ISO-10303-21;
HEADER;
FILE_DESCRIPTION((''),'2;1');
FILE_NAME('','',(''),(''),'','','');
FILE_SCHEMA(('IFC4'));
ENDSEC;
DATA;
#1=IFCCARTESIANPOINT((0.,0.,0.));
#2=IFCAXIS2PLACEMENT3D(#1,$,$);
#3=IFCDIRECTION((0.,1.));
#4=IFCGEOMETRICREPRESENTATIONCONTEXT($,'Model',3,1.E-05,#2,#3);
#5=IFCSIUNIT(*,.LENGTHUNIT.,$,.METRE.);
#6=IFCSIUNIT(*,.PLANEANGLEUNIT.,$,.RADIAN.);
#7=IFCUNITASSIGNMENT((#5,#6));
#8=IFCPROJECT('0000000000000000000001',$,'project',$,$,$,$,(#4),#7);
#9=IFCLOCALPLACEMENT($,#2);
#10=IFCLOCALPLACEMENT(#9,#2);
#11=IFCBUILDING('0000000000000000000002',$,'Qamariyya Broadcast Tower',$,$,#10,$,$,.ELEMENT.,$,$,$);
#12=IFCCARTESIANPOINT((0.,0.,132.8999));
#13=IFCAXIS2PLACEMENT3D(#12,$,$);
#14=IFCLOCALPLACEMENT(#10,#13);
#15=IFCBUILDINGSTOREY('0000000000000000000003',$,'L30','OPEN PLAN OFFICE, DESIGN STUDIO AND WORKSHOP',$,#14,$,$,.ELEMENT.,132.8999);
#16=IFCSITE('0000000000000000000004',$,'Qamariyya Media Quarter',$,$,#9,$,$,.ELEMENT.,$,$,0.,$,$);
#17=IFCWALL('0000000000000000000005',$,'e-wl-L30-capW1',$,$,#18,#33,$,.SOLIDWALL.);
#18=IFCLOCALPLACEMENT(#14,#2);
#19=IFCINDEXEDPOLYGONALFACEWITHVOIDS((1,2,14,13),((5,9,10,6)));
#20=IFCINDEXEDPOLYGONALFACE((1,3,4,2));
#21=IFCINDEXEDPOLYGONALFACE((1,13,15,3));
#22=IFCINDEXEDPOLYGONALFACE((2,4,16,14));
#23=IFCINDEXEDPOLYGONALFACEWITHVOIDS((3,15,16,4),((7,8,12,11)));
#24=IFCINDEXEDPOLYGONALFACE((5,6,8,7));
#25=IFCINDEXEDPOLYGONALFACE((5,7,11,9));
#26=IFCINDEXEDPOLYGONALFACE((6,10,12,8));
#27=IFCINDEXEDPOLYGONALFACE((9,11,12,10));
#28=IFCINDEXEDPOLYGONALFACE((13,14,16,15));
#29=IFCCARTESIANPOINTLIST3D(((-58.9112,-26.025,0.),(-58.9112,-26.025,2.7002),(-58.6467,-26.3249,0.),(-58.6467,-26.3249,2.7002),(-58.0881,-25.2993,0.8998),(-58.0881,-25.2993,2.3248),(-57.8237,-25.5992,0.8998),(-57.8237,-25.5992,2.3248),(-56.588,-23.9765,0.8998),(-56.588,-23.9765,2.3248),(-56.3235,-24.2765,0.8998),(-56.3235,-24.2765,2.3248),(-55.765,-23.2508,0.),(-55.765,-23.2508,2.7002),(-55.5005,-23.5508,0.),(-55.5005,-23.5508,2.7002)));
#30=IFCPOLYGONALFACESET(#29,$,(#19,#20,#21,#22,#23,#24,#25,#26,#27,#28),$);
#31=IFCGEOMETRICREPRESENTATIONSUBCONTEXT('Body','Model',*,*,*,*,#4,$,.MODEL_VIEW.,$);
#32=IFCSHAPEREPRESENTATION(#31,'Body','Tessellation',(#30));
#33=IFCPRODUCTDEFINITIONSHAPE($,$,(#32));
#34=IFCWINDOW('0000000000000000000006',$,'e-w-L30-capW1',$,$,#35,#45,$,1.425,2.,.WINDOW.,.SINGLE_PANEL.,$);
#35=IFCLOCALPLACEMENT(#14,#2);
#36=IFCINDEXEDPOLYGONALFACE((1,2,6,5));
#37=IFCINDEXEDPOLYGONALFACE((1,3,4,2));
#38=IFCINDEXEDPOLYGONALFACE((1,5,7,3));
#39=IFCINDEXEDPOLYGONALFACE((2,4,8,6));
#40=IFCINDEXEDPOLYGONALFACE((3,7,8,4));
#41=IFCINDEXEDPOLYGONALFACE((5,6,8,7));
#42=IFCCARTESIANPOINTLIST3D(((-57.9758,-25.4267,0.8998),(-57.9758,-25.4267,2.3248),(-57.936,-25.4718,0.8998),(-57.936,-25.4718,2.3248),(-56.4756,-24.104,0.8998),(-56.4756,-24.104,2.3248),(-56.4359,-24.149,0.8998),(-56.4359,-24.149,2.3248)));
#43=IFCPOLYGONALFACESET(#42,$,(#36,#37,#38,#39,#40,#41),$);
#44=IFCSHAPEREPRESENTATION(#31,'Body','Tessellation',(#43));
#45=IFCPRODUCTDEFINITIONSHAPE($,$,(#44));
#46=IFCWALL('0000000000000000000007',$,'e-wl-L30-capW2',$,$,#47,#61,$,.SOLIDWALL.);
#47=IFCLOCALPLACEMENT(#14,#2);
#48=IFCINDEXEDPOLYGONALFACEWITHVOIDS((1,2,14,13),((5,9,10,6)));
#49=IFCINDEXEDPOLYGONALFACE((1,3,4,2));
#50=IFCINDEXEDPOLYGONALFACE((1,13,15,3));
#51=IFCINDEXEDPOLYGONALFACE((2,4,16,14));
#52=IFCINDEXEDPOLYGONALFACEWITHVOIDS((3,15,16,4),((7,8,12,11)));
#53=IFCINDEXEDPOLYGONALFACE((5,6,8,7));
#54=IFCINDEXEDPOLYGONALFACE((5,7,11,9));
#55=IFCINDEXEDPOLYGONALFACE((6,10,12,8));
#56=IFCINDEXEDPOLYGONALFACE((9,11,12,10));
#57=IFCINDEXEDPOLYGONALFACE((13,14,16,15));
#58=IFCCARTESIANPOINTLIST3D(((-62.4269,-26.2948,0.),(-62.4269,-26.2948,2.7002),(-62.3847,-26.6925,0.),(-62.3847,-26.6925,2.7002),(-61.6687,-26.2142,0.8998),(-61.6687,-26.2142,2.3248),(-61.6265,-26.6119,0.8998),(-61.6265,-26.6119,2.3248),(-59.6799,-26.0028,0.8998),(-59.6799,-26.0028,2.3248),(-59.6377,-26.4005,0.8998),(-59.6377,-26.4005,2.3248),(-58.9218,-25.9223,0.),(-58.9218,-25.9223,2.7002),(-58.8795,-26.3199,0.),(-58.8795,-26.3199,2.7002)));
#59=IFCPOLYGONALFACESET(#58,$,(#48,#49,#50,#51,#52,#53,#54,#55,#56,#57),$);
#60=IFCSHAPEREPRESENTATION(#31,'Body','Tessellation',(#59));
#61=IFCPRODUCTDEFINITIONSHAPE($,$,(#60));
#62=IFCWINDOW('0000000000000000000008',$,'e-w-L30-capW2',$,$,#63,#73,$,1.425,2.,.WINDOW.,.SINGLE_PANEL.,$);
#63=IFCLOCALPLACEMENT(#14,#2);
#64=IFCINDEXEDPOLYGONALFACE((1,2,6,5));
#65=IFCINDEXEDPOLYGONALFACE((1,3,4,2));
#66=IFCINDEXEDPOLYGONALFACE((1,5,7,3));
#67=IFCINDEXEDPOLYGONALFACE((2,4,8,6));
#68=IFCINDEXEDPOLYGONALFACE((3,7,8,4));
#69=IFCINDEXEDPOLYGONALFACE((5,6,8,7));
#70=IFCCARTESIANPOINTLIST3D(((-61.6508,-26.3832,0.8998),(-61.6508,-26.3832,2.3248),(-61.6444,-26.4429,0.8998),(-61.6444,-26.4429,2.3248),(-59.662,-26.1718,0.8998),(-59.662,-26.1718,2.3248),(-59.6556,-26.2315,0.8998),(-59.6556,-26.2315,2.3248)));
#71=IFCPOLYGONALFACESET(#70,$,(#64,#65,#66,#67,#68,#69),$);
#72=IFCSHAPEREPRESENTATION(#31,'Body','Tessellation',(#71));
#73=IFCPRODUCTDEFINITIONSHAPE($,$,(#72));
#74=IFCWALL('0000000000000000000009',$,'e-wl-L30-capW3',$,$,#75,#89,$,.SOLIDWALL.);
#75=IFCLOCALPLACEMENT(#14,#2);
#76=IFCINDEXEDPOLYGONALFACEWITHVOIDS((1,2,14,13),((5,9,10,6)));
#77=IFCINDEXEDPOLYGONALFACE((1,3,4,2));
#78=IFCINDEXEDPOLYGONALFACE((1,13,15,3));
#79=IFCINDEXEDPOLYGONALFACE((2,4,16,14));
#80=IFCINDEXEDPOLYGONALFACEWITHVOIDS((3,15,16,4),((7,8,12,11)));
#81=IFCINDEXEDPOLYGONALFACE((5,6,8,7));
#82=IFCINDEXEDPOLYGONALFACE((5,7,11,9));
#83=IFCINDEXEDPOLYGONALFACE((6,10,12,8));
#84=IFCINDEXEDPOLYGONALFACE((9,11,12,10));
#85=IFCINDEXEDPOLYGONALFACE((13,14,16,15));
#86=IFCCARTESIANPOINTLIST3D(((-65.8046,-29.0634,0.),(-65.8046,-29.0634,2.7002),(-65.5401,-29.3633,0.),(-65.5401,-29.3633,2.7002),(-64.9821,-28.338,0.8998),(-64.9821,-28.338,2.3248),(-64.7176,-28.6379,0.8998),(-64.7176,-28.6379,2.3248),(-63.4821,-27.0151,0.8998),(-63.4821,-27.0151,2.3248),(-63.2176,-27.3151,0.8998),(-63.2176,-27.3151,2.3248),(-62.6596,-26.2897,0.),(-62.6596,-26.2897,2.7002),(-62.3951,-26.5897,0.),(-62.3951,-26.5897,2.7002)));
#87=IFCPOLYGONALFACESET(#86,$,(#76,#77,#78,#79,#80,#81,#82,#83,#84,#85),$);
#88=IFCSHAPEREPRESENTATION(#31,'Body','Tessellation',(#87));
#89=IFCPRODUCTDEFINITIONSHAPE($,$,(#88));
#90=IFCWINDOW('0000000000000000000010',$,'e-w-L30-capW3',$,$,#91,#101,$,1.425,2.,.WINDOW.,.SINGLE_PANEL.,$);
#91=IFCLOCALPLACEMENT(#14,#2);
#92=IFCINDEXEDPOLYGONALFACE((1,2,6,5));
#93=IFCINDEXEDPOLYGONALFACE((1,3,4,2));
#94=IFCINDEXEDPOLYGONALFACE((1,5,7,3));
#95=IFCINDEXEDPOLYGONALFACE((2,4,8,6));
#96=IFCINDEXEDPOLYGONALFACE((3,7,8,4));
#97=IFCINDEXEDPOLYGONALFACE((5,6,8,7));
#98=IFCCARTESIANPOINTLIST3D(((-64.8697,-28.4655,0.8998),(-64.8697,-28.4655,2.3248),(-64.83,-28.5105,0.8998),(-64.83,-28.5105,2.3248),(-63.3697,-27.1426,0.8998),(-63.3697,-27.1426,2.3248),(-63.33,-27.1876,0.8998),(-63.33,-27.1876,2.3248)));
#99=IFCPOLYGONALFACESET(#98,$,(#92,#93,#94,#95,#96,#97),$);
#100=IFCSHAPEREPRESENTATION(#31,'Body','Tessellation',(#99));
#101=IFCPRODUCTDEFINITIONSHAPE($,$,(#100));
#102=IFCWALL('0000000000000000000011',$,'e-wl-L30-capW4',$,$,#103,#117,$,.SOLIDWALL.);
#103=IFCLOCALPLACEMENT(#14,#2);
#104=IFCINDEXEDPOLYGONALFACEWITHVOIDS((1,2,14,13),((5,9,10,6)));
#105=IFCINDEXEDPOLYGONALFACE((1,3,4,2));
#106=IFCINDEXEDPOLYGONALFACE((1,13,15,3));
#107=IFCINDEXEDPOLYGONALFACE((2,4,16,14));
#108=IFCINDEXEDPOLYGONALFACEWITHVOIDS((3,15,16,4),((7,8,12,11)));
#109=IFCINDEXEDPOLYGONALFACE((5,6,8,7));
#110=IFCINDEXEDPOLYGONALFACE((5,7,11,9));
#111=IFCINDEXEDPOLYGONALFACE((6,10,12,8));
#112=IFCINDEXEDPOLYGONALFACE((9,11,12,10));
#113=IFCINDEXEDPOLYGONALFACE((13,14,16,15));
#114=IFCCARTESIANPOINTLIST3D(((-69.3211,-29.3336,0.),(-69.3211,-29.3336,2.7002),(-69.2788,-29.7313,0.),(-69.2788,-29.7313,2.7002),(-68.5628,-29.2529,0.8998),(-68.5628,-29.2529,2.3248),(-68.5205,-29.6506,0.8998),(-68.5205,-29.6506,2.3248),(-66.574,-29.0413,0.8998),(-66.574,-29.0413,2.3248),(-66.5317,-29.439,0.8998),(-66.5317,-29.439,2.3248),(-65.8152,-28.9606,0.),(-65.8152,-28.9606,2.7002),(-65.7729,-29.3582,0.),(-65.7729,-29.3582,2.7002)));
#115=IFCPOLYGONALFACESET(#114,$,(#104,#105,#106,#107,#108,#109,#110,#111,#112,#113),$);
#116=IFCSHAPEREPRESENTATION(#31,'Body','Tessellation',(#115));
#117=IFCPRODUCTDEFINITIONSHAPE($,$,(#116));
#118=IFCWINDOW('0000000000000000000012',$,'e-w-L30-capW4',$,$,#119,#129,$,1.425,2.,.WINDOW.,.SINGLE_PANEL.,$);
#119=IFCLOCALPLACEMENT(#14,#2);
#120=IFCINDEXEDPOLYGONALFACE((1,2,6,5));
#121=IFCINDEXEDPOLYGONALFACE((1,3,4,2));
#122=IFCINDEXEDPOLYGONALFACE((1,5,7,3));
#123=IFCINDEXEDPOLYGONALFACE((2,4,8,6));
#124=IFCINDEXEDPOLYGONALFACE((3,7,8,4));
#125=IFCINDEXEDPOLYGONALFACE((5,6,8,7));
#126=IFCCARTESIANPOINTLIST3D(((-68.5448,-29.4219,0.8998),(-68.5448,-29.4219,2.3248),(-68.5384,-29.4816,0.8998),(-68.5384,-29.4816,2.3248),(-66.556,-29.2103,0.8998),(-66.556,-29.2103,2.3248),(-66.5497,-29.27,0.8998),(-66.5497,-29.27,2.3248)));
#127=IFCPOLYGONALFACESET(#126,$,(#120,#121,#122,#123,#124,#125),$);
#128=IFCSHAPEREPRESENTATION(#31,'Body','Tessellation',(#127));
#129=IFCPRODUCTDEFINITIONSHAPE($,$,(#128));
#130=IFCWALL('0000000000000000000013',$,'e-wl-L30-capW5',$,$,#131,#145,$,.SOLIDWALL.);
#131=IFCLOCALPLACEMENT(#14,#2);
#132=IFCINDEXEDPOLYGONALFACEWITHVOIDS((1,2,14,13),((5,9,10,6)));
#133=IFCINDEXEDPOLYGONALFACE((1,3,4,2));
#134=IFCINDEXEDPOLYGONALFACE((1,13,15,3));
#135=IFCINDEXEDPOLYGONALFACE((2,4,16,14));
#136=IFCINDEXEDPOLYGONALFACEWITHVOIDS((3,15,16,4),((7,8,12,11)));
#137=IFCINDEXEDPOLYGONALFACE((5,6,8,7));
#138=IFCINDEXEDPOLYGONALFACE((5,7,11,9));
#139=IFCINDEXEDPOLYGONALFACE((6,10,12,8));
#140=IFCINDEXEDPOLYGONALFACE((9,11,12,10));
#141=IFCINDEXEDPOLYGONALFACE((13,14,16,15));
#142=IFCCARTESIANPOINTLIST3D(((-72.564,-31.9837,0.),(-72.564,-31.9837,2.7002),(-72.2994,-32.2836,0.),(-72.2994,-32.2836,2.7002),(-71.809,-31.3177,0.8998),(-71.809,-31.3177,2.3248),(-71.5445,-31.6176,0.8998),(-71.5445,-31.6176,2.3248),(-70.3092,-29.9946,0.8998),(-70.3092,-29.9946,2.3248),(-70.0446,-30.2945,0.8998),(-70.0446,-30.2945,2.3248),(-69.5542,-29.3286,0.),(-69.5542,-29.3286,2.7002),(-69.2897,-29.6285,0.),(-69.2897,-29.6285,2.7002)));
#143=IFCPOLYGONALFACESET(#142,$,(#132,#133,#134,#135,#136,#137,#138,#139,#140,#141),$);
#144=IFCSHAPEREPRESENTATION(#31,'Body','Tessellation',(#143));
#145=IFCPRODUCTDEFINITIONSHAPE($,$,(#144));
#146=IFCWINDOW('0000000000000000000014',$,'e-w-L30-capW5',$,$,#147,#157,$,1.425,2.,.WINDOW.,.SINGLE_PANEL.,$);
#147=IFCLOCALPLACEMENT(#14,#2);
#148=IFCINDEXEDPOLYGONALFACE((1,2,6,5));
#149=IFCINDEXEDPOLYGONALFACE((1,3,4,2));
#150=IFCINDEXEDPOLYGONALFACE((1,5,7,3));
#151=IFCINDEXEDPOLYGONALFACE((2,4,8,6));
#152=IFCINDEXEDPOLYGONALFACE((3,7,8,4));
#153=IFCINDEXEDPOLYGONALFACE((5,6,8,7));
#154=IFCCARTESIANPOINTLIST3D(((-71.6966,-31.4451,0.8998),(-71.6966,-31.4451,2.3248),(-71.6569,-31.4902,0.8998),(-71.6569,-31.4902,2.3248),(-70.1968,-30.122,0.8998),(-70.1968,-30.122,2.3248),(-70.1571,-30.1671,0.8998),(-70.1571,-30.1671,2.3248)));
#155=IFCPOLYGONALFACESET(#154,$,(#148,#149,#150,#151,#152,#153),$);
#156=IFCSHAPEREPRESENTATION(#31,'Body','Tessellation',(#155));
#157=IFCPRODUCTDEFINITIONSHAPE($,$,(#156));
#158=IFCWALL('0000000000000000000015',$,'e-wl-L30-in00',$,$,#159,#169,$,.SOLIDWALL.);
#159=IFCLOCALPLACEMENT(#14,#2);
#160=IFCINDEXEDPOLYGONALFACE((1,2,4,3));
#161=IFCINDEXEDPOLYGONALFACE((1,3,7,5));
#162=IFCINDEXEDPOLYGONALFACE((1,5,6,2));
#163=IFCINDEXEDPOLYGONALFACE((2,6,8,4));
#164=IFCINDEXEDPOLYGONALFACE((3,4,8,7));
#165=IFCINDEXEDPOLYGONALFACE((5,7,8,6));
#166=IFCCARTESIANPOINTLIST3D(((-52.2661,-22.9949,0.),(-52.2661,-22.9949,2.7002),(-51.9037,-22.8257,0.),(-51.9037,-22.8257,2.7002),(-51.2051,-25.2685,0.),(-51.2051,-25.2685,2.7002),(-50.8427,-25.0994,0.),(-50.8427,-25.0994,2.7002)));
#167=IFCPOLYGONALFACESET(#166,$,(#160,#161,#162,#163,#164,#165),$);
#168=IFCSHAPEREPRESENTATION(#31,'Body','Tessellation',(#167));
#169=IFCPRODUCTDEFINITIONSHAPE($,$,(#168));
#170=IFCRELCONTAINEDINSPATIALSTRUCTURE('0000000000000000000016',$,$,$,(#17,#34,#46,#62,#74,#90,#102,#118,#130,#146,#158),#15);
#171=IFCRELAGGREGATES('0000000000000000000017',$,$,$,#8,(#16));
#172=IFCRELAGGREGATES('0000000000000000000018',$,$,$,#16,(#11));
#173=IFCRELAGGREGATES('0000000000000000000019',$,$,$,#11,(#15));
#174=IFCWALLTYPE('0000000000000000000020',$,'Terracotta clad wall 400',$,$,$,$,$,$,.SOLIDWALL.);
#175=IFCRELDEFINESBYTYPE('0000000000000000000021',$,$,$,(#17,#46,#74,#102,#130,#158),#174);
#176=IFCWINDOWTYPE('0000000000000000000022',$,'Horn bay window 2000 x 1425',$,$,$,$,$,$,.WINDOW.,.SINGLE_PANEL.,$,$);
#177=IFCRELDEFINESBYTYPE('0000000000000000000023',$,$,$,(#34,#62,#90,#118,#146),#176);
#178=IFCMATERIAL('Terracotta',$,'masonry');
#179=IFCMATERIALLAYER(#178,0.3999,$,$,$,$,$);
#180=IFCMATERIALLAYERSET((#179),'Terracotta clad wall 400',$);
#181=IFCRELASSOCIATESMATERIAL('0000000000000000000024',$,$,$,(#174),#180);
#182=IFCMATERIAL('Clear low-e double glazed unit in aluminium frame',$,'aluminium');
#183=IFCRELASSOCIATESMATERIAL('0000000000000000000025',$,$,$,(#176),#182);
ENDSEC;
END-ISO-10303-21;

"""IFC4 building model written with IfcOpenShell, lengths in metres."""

from ifc_helpers import new_model, si_unit, direction, frame, frame_2d, origin, place, context, subcontext, project, spatial, rectangle, extrude, material, layer, layer_set, type_object, element, fill, save


model = new_model("IFC4")

# Units and contexts
model_context = context("Model", 3, precision=1e-05, world=origin(), true_north=direction((0.0, 1.0)))
body_context = subcontext(model_context, "Body", "Model", "MODEL_VIEW")
ifc_project = project(units=[si_unit("LENGTHUNIT", "METRE"), si_unit("PLANEANGLEUNIT", "RADIAN")], contexts=[model_context])

# Site, building, storey
site_placement = place(None, origin())
site = spatial("IfcSite", under=ifc_project, at=site_placement, Name="Qamariyya Media Quarter", CompositionType="ELEMENT", RefElevation=0.0)
building_placement = place(site_placement, origin())
building = spatial("IfcBuilding", under=site, at=building_placement, Name="Qamariyya Broadcast Tower", CompositionType="ELEMENT")
storey_placement = place(building_placement, frame((0.0, 0.0, 132.8999)))
storey = spatial("IfcBuildingStorey", under=building, at=storey_placement, Name="L30", Description="OPEN PLAN OFFICE, DESIGN STUDIO AND WORKSHOP", CompositionType="ELEMENT", Elevation=132.8999)

# Walls, openings, windows
ifc_material_1 = material(Name="Terracotta", Category="masonry")
ifc_layer = layer(ifc_material_1, 0.3999)
ifc_layer_set = layer_set([ifc_layer], Name="Terracotta clad wall 400")
wall_type = type_object("IfcWallType", Name="Terracotta clad wall 400", PredefinedType="SOLIDWALL", material=ifc_layer_set)
ifc_material_2 = material(Name="Clear low-e double glazed unit in aluminium frame", Category="aluminium")
window_type = type_object("IfcWindowType", Name="Horn bay window 2000 x 1425", PartitioningType="SINGLE_PANEL", PredefinedType="WINDOW", material=ifc_material_2)
wall_1_placement = place(storey_placement, frame((-55.6328, -23.4009, 0.0), z_axis=(0.0, 0.0, 1.0), x_axis=(-0.750065, -0.661364, 0.0)))
wall_1 = element("IfcWall", 1, at=wall_1_placement, inside=storey, type_object=wall_type, Name="e-wl-L30-capW1", PredefinedType="SOLIDWALL", context=body_context, shape_type="SweptSolid", body=[
    extrude(rectangle(XDim=4.1946, YDim=0.3999, at=frame_2d((2.0972, 0.0))), origin(), (0.0, 0.0, 1.0), 2.7002),
])
opening_1_placement = place(wall_1_placement, frame((1.0972, 0.0, 0.8999)))
opening_1 = element("IfcOpeningElement", 2, at=opening_1_placement, cuts=wall_1, PredefinedType="OPENING", context=body_context, shape_type="SweptSolid", body=[
    extrude(rectangle(XDim=2.0, YDim=1.425, at=frame_2d((1.0, 0.7124))), frame((0.0, 0.21, 0.0), z_axis=(0.0, -1.0, 0.0), x_axis=(1.0, 0.0, 0.0)), (0.0, 0.0, 1.0), 0.4199),
])
window_1_placement = place(opening_1_placement, origin())
window_1 = element("IfcWindow", 3, at=window_1_placement, inside=storey, type_object=window_type, Name="e-w-L30-capW1", OverallHeight=1.425, OverallWidth=2.0, PartitioningType="SINGLE_PANEL", PredefinedType="WINDOW", context=body_context, shape_type="SweptSolid", body=[
    extrude(rectangle(XDim=2.0, YDim=1.425, at=frame_2d((1.0, 0.7124))), frame((0.0, 0.03, 0.0), z_axis=(0.0, -1.0, 0.0), x_axis=(1.0, 0.0, 0.0)), (0.0, 0.0, 1.0), 0.0601),
])
fill(opening_1, window_1)
wall_2_placement = place(storey_placement, frame((-58.9006, -26.1211, 0.0), z_axis=(0.0, 0.0, 1.0), x_axis=(-0.994399, -0.105694, 0.0)))
wall_2 = element("IfcWall", 4, at=wall_2_placement, inside=storey, type_object=wall_type, Name="e-wl-L30-capW2", PredefinedType="SOLIDWALL", context=body_context, shape_type="SweptSolid", body=[
    extrude(rectangle(XDim=3.5249, YDim=0.3999, at=frame_2d((1.7625, 0.0))), origin(), (0.0, 0.0, 1.0), 2.7002),
])
opening_2_placement = place(wall_2_placement, frame((0.7625, 0.0, 0.8999)))
opening_2 = element("IfcOpeningElement", 5, at=opening_2_placement, cuts=wall_2, PredefinedType="OPENING", context=body_context, shape_type="SweptSolid", body=[
    extrude(rectangle(XDim=2.0, YDim=1.425, at=frame_2d((1.0, 0.7124))), frame((0.0, 0.21, 0.0), z_axis=(0.0, -1.0, 0.0), x_axis=(1.0, 0.0, 0.0)), (0.0, 0.0, 1.0), 0.4199),
])
window_2_placement = place(opening_2_placement, origin())
window_2 = element("IfcWindow", 6, at=window_2_placement, inside=storey, type_object=window_type, Name="e-w-L30-capW2", OverallHeight=1.425, OverallWidth=2.0, PartitioningType="SINGLE_PANEL", PredefinedType="WINDOW", context=body_context, shape_type="SweptSolid", body=[
    extrude(rectangle(XDim=2.0, YDim=1.425, at=frame_2d((1.0, 0.7124))), frame((0.0, 0.03, 0.0), z_axis=(0.0, -1.0, 0.0), x_axis=(1.0, 0.0, 0.0)), (0.0, 0.0, 1.0), 0.0601),
])
fill(opening_2, window_2)
wall_3_placement = place(storey_placement, frame((-62.5273, -26.4397, 0.0), z_axis=(0.0, 0.0, 1.0), x_axis=(-0.749996, -0.661443, 0.0)))
wall_3 = element("IfcWall", 7, at=wall_3_placement, inside=storey, type_object=wall_type, Name="e-wl-L30-capW3", PredefinedType="SOLIDWALL", context=body_context, shape_type="SweptSolid", body=[
    extrude(rectangle(XDim=4.1934, YDim=0.3999, at=frame_2d((2.0967, 0.0))), origin(), (0.0, 0.0, 1.0), 2.7002),
])
opening_3_placement = place(wall_3_placement, frame((1.0967, 0.0, 0.8999)))
opening_3 = element("IfcOpeningElement", 8, at=opening_3_placement, cuts=wall_3, PredefinedType="OPENING", context=body_context, shape_type="SweptSolid", body=[
    extrude(rectangle(XDim=2.0, YDim=1.425, at=frame_2d((1.0, 0.7124))), frame((0.0, 0.21, 0.0), z_axis=(0.0, -1.0, 0.0), x_axis=(1.0, 0.0, 0.0)), (0.0, 0.0, 1.0), 0.4199),
])
window_3_placement = place(opening_3_placement, origin())
window_3 = element("IfcWindow", 9, at=window_3_placement, inside=storey, type_object=window_type, Name="e-w-L30-capW3", OverallHeight=1.425, OverallWidth=2.0, PartitioningType="SINGLE_PANEL", PredefinedType="WINDOW", context=body_context, shape_type="SweptSolid", body=[
    extrude(rectangle(XDim=2.0, YDim=1.425, at=frame_2d((1.0, 0.7124))), frame((0.0, 0.03, 0.0), z_axis=(0.0, -1.0, 0.0), x_axis=(1.0, 0.0, 0.0)), (0.0, 0.0, 1.0), 0.0601),
])
fill(opening_3, window_3)
wall_4_placement = place(storey_placement, frame((-65.7942, -29.1594, 0.0), z_axis=(0.0, 0.0, 1.0), x_axis=(-0.994386, -0.105809, 0.0)))
wall_4 = element("IfcWall", 10, at=wall_4_placement, inside=storey, type_object=wall_type, Name="e-wl-L30-capW4", PredefinedType="SOLIDWALL", context=body_context, shape_type="SweptSolid", body=[
    extrude(rectangle(XDim=3.5256, YDim=0.3999, at=frame_2d((1.7627, 0.0))), origin(), (0.0, 0.0, 1.0), 2.7002),
])
opening_4_placement = place(wall_4_placement, frame((0.7629, 0.0, 0.8999)))
opening_4 = element("IfcOpeningElement", 11, at=opening_4_placement, cuts=wall_4, PredefinedType="OPENING", context=body_context, shape_type="SweptSolid", body=[
    extrude(rectangle(XDim=2.0, YDim=1.425, at=frame_2d((1.0, 0.7124))), frame((0.0, 0.21, 0.0), z_axis=(0.0, -1.0, 0.0), x_axis=(1.0, 0.0, 0.0)), (0.0, 0.0, 1.0), 0.4199),
])
window_4_placement = place(opening_4_placement, origin())
window_4 = element("IfcWindow", 12, at=window_4_placement, inside=storey, type_object=window_type, Name="e-w-L30-capW4", OverallHeight=1.425, OverallWidth=2.0, PartitioningType="SINGLE_PANEL", PredefinedType="WINDOW", context=body_context, shape_type="SweptSolid", body=[
    extrude(rectangle(XDim=2.0, YDim=1.425, at=frame_2d((1.0, 0.7124))), frame((0.0, 0.03, 0.0), z_axis=(0.0, -1.0, 0.0), x_axis=(1.0, 0.0, 0.0)), (0.0, 0.0, 1.0), 0.0601),
])
fill(opening_4, window_4)
wall_5_placement = place(storey_placement, frame((-69.4219, -29.4785, 0.0), z_axis=(0.0, 0.0, 1.0), x_axis=(-0.749918, -0.661531, 0.0)))
wall_5 = element("IfcWall", 13, at=wall_5_placement, inside=storey, type_object=wall_type, Name="e-wl-L30-capW5", PredefinedType="SOLIDWALL", context=body_context, shape_type="SweptSolid", body=[
    extrude(rectangle(XDim=4.0134, YDim=0.3999, at=frame_2d((2.0068, 0.0))), origin(), (0.0, 0.0, 1.0), 2.7002),
])
opening_5_placement = place(wall_5_placement, frame((1.0068, 0.0, 0.8999)))
opening_5 = element("IfcOpeningElement", 14, at=opening_5_placement, cuts=wall_5, PredefinedType="OPENING", context=body_context, shape_type="SweptSolid", body=[
    extrude(rectangle(XDim=2.0, YDim=1.425, at=frame_2d((1.0, 0.7124))), frame((0.0, 0.21, 0.0), z_axis=(0.0, -1.0, 0.0), x_axis=(1.0, 0.0, 0.0)), (0.0, 0.0, 1.0), 0.4199),
])
window_5_placement = place(opening_5_placement, origin())
window_5 = element("IfcWindow", 15, at=window_5_placement, inside=storey, type_object=window_type, Name="e-w-L30-capW5", OverallHeight=1.425, OverallWidth=2.0, PartitioningType="SINGLE_PANEL", PredefinedType="WINDOW", context=body_context, shape_type="SweptSolid", body=[
    extrude(rectangle(XDim=2.0, YDim=1.425, at=frame_2d((1.0, 0.7124))), frame((0.0, 0.03, 0.0), z_axis=(0.0, -1.0, 0.0), x_axis=(1.0, 0.0, 0.0)), (0.0, 0.0, 1.0), 0.0601),
])
fill(opening_5, window_5)

# Wall
wall_6_placement = place(storey_placement, frame((-51.0239, -25.1838, 0.0), z_axis=(0.0, 0.0, 1.0), x_axis=(-0.42288, 0.906186, 0.0)))
element("IfcWall", 16, at=wall_6_placement, inside=storey, type_object=wall_type, Name="e-wl-L30-in00", PredefinedType="SOLIDWALL", context=body_context, shape_type="SweptSolid", body=[
    extrude(rectangle(XDim=2.509, YDim=0.3999, at=frame_2d((1.2544, 0.0))), origin(), (0.0, 0.0, 1.0), 2.7002),
])

save(model, "model.ifc")
